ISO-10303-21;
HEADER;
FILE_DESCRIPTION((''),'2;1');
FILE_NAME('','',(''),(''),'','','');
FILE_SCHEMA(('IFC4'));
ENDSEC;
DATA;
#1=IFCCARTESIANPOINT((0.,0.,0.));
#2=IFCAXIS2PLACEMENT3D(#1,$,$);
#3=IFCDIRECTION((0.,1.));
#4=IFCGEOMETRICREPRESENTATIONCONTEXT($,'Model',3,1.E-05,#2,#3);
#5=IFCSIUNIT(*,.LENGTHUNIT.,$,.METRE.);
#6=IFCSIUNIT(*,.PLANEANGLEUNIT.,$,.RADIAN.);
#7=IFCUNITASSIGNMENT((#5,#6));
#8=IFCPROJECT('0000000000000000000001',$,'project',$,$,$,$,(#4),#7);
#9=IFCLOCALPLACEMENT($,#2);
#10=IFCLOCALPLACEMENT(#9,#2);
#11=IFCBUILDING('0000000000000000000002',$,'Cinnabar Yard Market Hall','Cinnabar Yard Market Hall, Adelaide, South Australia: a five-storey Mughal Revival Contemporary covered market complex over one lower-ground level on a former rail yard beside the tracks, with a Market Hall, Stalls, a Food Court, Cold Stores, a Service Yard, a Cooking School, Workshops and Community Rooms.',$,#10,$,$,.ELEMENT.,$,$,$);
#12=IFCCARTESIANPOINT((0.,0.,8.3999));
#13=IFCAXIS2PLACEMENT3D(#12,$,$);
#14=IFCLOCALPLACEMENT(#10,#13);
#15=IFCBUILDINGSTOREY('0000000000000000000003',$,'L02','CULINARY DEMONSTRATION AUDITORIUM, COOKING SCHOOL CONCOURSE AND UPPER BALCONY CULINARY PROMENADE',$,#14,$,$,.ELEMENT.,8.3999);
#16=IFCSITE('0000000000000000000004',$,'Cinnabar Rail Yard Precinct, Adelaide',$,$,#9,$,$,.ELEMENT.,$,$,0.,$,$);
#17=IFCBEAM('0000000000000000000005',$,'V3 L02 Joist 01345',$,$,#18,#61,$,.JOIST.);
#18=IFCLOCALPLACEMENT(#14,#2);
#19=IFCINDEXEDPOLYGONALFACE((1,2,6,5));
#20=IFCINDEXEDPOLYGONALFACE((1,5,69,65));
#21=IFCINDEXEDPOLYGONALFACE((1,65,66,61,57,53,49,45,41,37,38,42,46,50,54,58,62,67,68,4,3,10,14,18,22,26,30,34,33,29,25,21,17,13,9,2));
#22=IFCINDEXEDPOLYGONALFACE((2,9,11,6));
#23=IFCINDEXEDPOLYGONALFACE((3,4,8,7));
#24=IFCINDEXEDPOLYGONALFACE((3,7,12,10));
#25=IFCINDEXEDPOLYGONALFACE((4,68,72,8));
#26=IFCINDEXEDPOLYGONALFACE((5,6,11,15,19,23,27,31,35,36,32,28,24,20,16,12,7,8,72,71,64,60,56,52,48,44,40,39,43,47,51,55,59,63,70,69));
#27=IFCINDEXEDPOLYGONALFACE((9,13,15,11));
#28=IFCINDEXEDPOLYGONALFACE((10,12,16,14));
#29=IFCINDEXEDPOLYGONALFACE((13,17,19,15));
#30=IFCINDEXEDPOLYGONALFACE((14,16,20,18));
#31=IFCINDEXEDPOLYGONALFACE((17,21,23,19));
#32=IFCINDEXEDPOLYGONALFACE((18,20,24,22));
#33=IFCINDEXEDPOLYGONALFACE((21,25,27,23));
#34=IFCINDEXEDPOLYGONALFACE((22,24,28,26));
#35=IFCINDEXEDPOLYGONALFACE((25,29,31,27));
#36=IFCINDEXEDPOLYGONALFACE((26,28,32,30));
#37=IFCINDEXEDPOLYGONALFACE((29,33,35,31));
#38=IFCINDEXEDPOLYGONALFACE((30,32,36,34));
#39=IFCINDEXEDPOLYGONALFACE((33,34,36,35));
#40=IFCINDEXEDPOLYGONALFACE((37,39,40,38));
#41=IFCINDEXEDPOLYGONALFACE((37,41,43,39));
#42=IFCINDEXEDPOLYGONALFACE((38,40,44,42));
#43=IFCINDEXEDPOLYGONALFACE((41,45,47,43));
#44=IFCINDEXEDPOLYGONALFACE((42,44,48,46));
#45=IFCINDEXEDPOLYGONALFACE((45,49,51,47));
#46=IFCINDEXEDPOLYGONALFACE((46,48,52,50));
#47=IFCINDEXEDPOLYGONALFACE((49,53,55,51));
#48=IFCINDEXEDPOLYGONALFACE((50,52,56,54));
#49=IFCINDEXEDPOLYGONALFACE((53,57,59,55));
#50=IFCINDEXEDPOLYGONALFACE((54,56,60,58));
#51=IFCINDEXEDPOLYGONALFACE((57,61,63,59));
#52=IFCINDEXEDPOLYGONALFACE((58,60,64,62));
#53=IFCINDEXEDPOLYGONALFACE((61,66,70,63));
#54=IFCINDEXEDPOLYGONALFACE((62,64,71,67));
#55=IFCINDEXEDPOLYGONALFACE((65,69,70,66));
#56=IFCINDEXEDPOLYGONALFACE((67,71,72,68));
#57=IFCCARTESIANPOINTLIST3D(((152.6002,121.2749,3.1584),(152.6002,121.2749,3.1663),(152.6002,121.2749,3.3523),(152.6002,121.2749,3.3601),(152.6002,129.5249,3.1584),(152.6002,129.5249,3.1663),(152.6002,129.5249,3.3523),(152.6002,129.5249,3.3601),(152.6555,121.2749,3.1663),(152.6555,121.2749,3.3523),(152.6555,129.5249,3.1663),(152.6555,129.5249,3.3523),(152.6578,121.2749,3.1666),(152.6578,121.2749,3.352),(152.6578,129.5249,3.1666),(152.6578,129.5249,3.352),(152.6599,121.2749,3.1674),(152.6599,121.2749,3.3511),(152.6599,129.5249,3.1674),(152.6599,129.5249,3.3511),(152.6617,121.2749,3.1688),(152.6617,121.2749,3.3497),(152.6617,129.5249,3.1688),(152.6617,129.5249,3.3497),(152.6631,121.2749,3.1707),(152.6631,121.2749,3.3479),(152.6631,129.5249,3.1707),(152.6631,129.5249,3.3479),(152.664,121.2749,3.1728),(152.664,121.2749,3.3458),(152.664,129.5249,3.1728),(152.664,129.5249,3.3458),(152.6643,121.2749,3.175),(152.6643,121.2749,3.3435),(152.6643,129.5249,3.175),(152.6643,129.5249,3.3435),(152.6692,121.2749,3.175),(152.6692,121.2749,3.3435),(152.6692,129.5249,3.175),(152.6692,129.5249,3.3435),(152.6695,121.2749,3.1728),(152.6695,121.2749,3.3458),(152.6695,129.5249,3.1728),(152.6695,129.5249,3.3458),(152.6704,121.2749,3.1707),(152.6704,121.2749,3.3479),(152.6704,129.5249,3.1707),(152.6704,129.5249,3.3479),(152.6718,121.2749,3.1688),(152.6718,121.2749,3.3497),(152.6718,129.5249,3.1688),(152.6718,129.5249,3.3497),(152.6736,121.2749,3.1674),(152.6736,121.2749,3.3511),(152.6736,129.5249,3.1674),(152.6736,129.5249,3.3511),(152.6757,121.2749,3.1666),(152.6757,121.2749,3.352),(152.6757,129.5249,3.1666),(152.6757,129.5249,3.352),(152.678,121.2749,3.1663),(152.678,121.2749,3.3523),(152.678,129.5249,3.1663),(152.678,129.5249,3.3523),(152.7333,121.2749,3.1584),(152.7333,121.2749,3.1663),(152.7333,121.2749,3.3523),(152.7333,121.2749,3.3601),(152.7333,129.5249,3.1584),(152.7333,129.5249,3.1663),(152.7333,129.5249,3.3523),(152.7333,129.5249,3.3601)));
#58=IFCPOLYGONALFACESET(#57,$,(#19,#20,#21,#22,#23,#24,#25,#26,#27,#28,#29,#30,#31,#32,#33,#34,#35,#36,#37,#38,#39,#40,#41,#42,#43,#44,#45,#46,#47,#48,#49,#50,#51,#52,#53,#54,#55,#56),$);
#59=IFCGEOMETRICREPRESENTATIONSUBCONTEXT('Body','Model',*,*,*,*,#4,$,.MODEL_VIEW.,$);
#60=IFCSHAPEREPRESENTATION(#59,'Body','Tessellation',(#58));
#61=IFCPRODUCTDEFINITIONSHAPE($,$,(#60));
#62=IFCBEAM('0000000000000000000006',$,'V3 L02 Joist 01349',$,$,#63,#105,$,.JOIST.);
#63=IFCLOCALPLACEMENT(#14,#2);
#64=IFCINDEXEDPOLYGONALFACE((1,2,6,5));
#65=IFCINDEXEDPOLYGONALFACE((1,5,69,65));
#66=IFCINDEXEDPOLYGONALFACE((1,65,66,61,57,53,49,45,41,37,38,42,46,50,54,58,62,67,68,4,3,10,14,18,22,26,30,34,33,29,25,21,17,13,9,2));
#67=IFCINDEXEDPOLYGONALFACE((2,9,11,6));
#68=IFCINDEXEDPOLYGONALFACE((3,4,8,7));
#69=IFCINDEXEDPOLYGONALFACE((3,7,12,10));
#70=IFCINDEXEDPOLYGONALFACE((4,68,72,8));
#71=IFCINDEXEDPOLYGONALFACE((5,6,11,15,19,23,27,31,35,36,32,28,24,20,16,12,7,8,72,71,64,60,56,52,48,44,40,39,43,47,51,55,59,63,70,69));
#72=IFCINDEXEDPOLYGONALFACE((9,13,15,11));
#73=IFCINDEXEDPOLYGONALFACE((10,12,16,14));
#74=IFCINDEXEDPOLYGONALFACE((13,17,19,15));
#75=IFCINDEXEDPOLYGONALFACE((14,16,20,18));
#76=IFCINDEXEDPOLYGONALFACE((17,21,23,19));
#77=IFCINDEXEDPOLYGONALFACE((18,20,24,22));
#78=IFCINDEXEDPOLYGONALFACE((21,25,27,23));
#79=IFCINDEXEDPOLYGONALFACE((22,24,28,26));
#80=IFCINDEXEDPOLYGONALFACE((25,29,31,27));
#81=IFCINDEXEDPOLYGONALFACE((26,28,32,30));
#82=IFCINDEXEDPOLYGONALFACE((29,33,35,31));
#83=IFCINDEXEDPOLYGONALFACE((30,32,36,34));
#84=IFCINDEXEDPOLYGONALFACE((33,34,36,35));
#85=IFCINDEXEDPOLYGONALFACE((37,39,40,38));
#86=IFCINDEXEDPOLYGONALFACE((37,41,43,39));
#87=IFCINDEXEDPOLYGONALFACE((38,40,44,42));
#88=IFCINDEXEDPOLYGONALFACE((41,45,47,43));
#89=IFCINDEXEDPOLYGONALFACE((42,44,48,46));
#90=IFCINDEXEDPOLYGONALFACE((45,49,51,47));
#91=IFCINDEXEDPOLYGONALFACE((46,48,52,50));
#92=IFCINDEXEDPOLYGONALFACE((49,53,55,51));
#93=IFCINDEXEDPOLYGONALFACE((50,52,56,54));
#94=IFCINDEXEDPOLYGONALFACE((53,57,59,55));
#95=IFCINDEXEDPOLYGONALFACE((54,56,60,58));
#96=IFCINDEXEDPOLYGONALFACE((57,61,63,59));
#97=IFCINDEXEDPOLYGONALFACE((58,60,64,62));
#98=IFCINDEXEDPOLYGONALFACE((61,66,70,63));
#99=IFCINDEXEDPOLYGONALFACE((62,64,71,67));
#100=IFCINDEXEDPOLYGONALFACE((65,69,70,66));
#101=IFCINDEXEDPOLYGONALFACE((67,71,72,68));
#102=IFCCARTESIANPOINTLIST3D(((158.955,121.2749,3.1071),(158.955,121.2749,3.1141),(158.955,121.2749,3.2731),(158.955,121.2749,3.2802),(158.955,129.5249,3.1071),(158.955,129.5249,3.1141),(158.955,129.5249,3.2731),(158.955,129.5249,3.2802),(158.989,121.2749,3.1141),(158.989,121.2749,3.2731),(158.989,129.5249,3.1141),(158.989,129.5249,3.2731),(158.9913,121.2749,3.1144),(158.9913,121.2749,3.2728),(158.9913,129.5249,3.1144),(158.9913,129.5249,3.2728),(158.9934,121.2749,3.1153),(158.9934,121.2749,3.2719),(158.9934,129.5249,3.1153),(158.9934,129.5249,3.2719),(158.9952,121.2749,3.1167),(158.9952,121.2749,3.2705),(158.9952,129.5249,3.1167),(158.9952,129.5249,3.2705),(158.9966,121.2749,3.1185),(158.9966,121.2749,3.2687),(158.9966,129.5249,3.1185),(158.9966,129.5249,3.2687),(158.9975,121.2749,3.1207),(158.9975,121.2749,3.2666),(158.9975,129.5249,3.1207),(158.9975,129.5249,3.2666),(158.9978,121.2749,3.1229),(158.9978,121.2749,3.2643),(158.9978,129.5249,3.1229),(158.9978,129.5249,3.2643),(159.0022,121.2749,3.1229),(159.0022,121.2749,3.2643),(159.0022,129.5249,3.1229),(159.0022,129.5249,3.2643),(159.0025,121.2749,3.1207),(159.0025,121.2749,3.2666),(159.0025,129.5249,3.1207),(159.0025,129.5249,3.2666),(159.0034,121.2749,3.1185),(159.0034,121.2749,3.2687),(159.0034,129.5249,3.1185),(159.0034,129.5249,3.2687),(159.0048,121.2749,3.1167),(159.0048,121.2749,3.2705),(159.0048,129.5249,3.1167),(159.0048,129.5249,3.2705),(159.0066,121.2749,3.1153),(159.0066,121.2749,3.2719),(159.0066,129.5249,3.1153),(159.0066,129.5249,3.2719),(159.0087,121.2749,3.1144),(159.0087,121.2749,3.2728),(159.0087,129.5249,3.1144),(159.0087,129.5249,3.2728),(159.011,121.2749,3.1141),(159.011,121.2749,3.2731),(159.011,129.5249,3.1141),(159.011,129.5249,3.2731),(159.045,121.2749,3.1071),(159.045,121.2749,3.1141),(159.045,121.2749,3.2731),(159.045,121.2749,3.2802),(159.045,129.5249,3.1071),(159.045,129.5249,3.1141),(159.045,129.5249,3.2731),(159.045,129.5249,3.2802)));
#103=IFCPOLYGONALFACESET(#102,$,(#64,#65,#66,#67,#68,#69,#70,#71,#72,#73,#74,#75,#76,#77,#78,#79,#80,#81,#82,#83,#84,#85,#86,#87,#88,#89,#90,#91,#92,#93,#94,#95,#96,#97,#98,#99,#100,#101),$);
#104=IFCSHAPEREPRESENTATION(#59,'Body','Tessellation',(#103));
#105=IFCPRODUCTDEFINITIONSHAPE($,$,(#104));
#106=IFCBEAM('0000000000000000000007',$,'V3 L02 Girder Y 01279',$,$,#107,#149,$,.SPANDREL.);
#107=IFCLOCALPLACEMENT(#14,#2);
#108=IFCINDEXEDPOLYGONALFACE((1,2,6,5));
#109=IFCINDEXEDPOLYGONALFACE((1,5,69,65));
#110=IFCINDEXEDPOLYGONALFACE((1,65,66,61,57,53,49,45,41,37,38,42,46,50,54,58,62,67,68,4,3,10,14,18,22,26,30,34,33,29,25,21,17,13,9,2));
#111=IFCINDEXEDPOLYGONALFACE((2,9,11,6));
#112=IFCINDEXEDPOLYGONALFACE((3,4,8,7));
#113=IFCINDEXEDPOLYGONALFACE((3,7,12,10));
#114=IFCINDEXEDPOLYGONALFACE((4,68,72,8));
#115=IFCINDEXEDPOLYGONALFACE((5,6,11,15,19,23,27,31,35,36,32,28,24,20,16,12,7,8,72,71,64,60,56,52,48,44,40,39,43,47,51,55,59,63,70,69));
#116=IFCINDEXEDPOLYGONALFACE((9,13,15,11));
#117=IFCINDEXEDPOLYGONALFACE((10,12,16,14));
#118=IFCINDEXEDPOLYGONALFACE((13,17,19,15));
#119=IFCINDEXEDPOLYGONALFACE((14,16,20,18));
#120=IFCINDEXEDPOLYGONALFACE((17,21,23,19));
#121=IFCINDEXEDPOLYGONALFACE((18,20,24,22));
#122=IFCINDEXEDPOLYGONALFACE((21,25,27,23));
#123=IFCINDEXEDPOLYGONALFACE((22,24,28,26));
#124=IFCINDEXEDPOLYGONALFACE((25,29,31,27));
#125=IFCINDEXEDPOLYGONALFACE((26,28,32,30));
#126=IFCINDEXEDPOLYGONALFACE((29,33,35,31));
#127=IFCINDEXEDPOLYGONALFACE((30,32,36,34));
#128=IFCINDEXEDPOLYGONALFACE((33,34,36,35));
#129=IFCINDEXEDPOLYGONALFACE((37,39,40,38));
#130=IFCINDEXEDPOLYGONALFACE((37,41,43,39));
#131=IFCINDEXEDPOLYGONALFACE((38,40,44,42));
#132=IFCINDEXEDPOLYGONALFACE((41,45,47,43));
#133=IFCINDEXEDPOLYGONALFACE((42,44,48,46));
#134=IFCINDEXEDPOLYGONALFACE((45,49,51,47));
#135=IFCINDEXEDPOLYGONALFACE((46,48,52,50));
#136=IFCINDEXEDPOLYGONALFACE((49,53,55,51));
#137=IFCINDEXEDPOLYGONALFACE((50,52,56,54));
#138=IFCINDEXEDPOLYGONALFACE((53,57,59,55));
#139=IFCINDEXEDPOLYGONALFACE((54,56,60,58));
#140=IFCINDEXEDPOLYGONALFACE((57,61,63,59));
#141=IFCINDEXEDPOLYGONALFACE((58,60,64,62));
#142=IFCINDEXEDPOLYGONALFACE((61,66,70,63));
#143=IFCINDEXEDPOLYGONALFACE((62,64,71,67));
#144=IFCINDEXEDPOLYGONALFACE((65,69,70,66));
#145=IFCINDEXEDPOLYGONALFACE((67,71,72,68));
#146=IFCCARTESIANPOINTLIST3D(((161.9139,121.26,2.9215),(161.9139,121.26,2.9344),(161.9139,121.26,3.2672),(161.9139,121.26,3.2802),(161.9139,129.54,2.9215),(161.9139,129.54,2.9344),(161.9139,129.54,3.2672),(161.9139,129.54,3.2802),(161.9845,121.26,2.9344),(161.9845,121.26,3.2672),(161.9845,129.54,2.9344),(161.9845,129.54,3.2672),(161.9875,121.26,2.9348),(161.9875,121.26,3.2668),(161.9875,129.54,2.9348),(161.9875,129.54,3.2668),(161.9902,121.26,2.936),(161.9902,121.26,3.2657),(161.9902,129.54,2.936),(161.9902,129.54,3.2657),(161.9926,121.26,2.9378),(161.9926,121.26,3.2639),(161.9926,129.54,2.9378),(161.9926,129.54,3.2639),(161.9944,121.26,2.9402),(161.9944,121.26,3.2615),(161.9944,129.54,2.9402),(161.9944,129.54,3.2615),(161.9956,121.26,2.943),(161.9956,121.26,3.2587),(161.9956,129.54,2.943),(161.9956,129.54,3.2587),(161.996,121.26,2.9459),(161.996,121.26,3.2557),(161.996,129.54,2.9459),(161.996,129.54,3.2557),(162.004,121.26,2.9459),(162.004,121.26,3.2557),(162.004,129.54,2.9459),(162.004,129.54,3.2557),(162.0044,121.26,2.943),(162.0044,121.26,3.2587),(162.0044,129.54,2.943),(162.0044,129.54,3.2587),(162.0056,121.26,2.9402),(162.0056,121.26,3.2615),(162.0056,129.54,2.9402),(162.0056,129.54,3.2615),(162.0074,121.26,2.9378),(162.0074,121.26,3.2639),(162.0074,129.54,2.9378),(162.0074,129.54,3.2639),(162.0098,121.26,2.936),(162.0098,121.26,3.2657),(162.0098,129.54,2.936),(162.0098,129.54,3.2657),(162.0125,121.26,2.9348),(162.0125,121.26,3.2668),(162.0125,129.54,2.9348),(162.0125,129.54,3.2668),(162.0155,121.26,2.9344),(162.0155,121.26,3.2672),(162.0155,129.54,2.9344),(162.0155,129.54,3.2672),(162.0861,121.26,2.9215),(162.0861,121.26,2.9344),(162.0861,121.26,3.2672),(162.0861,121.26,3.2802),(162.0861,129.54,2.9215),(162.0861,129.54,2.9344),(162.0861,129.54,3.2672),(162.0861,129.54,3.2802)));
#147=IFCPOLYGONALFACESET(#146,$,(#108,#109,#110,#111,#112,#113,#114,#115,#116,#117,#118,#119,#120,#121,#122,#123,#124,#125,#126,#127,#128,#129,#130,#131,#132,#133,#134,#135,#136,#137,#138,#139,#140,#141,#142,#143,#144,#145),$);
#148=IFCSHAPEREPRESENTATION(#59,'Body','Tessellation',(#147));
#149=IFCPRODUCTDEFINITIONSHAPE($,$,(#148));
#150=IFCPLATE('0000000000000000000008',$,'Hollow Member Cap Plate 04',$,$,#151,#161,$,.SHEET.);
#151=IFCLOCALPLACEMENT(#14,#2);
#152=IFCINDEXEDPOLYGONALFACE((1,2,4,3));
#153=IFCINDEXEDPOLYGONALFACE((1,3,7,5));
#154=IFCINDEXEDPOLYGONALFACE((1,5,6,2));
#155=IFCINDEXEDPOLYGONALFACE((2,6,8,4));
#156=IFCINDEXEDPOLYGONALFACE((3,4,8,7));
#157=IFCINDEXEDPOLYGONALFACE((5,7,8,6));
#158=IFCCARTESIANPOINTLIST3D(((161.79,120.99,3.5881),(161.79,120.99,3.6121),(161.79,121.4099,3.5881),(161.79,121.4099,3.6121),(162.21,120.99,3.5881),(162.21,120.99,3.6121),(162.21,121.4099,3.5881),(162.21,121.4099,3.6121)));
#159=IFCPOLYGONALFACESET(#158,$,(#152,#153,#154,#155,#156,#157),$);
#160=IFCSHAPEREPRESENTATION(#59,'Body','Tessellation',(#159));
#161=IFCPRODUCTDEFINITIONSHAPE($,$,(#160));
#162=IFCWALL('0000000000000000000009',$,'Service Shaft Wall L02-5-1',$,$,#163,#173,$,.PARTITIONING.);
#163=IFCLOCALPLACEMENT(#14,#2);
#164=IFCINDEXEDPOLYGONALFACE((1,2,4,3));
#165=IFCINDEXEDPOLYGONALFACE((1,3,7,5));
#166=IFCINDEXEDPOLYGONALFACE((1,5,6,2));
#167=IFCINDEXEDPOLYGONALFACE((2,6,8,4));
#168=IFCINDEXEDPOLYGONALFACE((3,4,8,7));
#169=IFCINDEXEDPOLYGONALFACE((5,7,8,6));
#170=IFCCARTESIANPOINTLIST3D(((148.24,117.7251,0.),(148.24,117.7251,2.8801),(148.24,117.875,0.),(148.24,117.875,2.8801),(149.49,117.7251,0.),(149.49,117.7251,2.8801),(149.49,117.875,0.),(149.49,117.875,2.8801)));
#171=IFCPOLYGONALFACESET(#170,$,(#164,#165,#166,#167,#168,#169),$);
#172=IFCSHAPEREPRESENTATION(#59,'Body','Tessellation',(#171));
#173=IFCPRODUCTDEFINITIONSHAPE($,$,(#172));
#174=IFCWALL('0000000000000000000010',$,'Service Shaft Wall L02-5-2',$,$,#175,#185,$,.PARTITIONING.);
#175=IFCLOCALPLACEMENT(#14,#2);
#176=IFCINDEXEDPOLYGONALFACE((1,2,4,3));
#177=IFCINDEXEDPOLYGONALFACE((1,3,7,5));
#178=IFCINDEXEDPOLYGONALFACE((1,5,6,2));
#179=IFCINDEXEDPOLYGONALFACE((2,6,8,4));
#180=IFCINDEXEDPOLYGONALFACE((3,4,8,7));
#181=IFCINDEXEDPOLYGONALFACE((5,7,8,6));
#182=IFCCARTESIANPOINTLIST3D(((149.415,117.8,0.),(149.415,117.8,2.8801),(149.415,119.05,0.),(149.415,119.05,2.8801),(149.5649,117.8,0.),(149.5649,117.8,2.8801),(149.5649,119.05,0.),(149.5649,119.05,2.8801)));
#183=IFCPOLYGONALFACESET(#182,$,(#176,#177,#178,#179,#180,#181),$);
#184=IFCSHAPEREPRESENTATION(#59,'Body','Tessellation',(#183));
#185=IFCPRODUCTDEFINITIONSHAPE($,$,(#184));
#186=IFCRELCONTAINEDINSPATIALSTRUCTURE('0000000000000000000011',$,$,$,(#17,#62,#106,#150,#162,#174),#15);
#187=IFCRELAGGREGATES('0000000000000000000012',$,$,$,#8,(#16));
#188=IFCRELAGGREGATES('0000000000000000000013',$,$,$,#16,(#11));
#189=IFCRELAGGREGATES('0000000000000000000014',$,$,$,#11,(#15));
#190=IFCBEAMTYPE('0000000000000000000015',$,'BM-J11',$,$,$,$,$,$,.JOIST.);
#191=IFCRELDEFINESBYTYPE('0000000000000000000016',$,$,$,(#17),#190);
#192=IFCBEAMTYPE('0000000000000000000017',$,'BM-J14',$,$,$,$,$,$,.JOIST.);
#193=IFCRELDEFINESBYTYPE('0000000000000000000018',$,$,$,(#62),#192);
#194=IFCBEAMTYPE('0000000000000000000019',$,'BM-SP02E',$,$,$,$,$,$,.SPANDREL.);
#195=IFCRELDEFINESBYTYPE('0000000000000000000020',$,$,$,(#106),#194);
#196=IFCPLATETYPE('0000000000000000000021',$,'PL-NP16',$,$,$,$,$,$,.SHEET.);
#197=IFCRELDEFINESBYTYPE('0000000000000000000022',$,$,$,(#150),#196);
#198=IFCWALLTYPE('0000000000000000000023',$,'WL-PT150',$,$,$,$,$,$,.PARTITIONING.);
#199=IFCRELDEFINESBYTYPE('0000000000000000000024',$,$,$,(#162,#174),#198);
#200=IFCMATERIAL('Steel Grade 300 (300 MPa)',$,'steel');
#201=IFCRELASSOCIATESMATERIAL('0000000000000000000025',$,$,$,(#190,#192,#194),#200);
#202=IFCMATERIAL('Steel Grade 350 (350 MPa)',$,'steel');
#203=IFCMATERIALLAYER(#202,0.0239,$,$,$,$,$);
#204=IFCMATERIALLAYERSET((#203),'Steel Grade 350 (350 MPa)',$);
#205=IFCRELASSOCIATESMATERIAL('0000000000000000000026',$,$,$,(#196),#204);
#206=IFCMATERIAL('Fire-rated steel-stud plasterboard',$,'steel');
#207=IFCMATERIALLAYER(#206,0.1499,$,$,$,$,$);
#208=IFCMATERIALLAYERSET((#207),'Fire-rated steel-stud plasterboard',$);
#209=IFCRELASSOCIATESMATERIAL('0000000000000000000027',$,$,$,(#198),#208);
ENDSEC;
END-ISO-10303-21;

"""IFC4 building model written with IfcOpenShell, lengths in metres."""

from ifc_helpers import new_model, si_unit, direction, frame, frame_2d, origin, origin_2d_with_axis, place, context, subcontext, project, spatial, rectangle, i_section, extrude, material, layer, layer_set, material_profile, profile_set, type_object, element, save


model = new_model("IFC4")

# Units and contexts
model_context = context("Model", 3, precision=1e-05, world=origin(), true_north=direction((0.0, 1.0)))
body_context = subcontext(model_context, "Body", "Model", "MODEL_VIEW")
ifc_project = project(units=[si_unit("LENGTHUNIT", "METRE"), si_unit("PLANEANGLEUNIT", "RADIAN")], contexts=[model_context])

# Site, building, storey
site_placement = place(None, origin())
site = spatial("IfcSite", under=ifc_project, at=site_placement, Name="Cinnabar Rail Yard Precinct, Adelaide", CompositionType="ELEMENT", RefElevation=0.0)
building_placement = place(site_placement, origin())
building = spatial("IfcBuilding", under=site, at=building_placement, Name="Cinnabar Yard Market Hall", Description="Cinnabar Yard Market Hall, Adelaide, South Australia: a five-storey Mughal Revival Contemporary covered market complex over one lower-ground level on a former rail yard beside the tracks, with a Market Hall, Stalls, a Food Court, Cold Stores, a Service Yard, a Cooking School, Workshops and Community Rooms.", CompositionType="ELEMENT")
storey_placement = place(building_placement, frame((0.0, 0.0, 8.3999)))
storey = spatial("IfcBuildingStorey", under=building, at=storey_placement, Name="L02", Description="CULINARY DEMONSTRATION AUDITORIUM, COOKING SCHOOL CONCOURSE AND UPPER BALCONY CULINARY PROMENADE", CompositionType="ELEMENT", Elevation=8.3999)

# Shared definitions
ifc_material_1 = material(Name="Steel Grade 300 (300 MPa)", Category="steel")

# Beams
ifc_material_profile_1 = material_profile(ifc_material_1, i_section(OverallWidth=0.1331, OverallDepth=0.2017, WebThickness=0.0049, FlangeThickness=0.0078, FilletRadius=0.0088, at=origin_2d_with_axis()), Name="200UB22.3")
ifc_profile_set_1 = profile_set([ifc_material_profile_1], Name="Steel Grade 300 (300 MPa)")
beam_type_1 = type_object("IfcBeamType", Name="BM-J11", PredefinedType="JOIST", material=ifc_profile_set_1)
for number, where, z_axis, x_axis, name in (
    (1, (152.6667, 121.2749, 3.2593), (0.0, 1.0, 0.0), (-1.0, 0.0, 0.0), "V3 L02 Joist 01345"),
):
    element("IfcBeam", number, at=place(storey_placement, frame(where, z_axis=z_axis, x_axis=x_axis)), inside=storey, type_object=beam_type_1, Name=name, PredefinedType="JOIST", context=body_context, shape_type="SweptSolid", body=[
        extrude(i_section(OverallWidth=0.1331, OverallDepth=0.2017, WebThickness=0.0049, FlangeThickness=0.0078, FilletRadius=0.0088, at=origin_2d_with_axis()), origin(), (0.0, 0.0, 1.0), 8.25),
    ])
ifc_material_profile_2 = material_profile(ifc_material_1, i_section(OverallWidth=0.0901, OverallDepth=0.1731, WebThickness=0.0044, FlangeThickness=0.0071, FilletRadius=0.0088, at=origin_2d_with_axis()), Name="180UB16.1")
ifc_profile_set_2 = profile_set([ifc_material_profile_2], Name="Steel Grade 300 (300 MPa)")
beam_type_2 = type_object("IfcBeamType", Name="BM-J14", PredefinedType="JOIST", material=ifc_profile_set_2)
beam_1_placement = place(storey_placement, frame((159.0, 121.2749, 3.1936), z_axis=(0.0, 1.0, 0.0), x_axis=(-1.0, 0.0, 0.0)))
element("IfcBeam", 2, at=beam_1_placement, inside=storey, type_object=beam_type_2, Name="V3 L02 Joist 01349", PredefinedType="JOIST", context=body_context, shape_type="SweptSolid", body=[
    extrude(i_section(OverallWidth=0.0901, OverallDepth=0.1731, WebThickness=0.0044, FlangeThickness=0.0071, FilletRadius=0.0088, at=origin_2d_with_axis()), origin(), (0.0, 0.0, 1.0), 8.25),
])
ifc_material_profile_3 = material_profile(ifc_material_1, i_section(OverallWidth=0.1721, OverallDepth=0.3586, WebThickness=0.0081, FlangeThickness=0.0129, FilletRadius=0.0115, at=origin_2d_with_axis()), Name="360UB56.7")
ifc_profile_set_3 = profile_set([ifc_material_profile_3], Name="Steel Grade 300 (300 MPa)")
beam_type_3 = type_object("IfcBeamType", Name="BM-SP02E", PredefinedType="SPANDREL", material=ifc_profile_set_3)
beam_2_placement = place(storey_placement, frame((162.0, 121.26, 3.1008), z_axis=(0.0, 1.0, 0.0), x_axis=(-1.0, 0.0, 0.0)))
element("IfcBeam", 3, at=beam_2_placement, inside=storey, type_object=beam_type_3, Name="V3 L02 Girder Y 01279", PredefinedType="SPANDREL", context=body_context, shape_type="SweptSolid", body=[
    extrude(i_section(OverallWidth=0.1721, OverallDepth=0.3586, WebThickness=0.0081, FlangeThickness=0.0129, FilletRadius=0.0115, at=origin_2d_with_axis()), origin(), (0.0, 0.0, 1.0), 8.28),
])

# Plate
ifc_material_2 = material(Name="Steel Grade 350 (350 MPa)", Category="steel")
ifc_layer_1 = layer(ifc_material_2, 0.0239)
ifc_layer_set_1 = layer_set([ifc_layer_1], Name="Steel Grade 350 (350 MPa)")
plate_type = type_object("IfcPlateType", Name="PL-NP16", PredefinedType="SHEET", material=ifc_layer_set_1)
plate_placement = place(storey_placement, frame((162.0, 121.2, 3.5881), z_axis=(0.0, 0.0, 1.0), x_axis=(1.0, 0.0, 0.0)))
element("IfcPlate", 4, at=plate_placement, inside=storey, type_object=plate_type, Name="Hollow Member Cap Plate 04", PredefinedType="SHEET", context=body_context, shape_type="SweptSolid", body=[
    extrude(rectangle(XDim=0.4199, YDim=0.4199, at=origin_2d_with_axis()), origin(), (0.0, 0.0, 1.0), 0.0239),
])

# Walls
ifc_material_3 = material(Name="Fire-rated steel-stud plasterboard", Category="steel")
ifc_layer_2 = layer(ifc_material_3, 0.1499)
ifc_layer_set_2 = layer_set([ifc_layer_2], Name="Fire-rated steel-stud plasterboard")
wall_type_1 = type_object("IfcWallType", Name="WL-PT150", PredefinedType="PARTITIONING", material=ifc_layer_set_2)
for number, where, z_axis, x_axis, name in (
    (5, (148.24, 117.8, 0.0), (0.0, 0.0, 1.0), (1.0, 0.0, 0.0), "Service Shaft Wall L02-5-1"),
    (6, (149.49, 117.8, 0.0), (0.0, 0.0, 1.0), (0.0, 1.0, 0.0), "Service Shaft Wall L02-5-2"),
):
    element("IfcWall", number, at=place(storey_placement, frame(where, z_axis=z_axis, x_axis=x_axis)), inside=storey, type_object=wall_type_1, Name=name, PredefinedType="PARTITIONING", context=body_context, shape_type="SweptSolid", body=[
        extrude(rectangle(XDim=1.25, YDim=0.1499, at=frame_2d((0.625, 0.0), x_axis=(1.0, 0.0))), origin(), (0.0, 0.0, 1.0), 2.8801),
    ])

save(model, "model.ifc")
